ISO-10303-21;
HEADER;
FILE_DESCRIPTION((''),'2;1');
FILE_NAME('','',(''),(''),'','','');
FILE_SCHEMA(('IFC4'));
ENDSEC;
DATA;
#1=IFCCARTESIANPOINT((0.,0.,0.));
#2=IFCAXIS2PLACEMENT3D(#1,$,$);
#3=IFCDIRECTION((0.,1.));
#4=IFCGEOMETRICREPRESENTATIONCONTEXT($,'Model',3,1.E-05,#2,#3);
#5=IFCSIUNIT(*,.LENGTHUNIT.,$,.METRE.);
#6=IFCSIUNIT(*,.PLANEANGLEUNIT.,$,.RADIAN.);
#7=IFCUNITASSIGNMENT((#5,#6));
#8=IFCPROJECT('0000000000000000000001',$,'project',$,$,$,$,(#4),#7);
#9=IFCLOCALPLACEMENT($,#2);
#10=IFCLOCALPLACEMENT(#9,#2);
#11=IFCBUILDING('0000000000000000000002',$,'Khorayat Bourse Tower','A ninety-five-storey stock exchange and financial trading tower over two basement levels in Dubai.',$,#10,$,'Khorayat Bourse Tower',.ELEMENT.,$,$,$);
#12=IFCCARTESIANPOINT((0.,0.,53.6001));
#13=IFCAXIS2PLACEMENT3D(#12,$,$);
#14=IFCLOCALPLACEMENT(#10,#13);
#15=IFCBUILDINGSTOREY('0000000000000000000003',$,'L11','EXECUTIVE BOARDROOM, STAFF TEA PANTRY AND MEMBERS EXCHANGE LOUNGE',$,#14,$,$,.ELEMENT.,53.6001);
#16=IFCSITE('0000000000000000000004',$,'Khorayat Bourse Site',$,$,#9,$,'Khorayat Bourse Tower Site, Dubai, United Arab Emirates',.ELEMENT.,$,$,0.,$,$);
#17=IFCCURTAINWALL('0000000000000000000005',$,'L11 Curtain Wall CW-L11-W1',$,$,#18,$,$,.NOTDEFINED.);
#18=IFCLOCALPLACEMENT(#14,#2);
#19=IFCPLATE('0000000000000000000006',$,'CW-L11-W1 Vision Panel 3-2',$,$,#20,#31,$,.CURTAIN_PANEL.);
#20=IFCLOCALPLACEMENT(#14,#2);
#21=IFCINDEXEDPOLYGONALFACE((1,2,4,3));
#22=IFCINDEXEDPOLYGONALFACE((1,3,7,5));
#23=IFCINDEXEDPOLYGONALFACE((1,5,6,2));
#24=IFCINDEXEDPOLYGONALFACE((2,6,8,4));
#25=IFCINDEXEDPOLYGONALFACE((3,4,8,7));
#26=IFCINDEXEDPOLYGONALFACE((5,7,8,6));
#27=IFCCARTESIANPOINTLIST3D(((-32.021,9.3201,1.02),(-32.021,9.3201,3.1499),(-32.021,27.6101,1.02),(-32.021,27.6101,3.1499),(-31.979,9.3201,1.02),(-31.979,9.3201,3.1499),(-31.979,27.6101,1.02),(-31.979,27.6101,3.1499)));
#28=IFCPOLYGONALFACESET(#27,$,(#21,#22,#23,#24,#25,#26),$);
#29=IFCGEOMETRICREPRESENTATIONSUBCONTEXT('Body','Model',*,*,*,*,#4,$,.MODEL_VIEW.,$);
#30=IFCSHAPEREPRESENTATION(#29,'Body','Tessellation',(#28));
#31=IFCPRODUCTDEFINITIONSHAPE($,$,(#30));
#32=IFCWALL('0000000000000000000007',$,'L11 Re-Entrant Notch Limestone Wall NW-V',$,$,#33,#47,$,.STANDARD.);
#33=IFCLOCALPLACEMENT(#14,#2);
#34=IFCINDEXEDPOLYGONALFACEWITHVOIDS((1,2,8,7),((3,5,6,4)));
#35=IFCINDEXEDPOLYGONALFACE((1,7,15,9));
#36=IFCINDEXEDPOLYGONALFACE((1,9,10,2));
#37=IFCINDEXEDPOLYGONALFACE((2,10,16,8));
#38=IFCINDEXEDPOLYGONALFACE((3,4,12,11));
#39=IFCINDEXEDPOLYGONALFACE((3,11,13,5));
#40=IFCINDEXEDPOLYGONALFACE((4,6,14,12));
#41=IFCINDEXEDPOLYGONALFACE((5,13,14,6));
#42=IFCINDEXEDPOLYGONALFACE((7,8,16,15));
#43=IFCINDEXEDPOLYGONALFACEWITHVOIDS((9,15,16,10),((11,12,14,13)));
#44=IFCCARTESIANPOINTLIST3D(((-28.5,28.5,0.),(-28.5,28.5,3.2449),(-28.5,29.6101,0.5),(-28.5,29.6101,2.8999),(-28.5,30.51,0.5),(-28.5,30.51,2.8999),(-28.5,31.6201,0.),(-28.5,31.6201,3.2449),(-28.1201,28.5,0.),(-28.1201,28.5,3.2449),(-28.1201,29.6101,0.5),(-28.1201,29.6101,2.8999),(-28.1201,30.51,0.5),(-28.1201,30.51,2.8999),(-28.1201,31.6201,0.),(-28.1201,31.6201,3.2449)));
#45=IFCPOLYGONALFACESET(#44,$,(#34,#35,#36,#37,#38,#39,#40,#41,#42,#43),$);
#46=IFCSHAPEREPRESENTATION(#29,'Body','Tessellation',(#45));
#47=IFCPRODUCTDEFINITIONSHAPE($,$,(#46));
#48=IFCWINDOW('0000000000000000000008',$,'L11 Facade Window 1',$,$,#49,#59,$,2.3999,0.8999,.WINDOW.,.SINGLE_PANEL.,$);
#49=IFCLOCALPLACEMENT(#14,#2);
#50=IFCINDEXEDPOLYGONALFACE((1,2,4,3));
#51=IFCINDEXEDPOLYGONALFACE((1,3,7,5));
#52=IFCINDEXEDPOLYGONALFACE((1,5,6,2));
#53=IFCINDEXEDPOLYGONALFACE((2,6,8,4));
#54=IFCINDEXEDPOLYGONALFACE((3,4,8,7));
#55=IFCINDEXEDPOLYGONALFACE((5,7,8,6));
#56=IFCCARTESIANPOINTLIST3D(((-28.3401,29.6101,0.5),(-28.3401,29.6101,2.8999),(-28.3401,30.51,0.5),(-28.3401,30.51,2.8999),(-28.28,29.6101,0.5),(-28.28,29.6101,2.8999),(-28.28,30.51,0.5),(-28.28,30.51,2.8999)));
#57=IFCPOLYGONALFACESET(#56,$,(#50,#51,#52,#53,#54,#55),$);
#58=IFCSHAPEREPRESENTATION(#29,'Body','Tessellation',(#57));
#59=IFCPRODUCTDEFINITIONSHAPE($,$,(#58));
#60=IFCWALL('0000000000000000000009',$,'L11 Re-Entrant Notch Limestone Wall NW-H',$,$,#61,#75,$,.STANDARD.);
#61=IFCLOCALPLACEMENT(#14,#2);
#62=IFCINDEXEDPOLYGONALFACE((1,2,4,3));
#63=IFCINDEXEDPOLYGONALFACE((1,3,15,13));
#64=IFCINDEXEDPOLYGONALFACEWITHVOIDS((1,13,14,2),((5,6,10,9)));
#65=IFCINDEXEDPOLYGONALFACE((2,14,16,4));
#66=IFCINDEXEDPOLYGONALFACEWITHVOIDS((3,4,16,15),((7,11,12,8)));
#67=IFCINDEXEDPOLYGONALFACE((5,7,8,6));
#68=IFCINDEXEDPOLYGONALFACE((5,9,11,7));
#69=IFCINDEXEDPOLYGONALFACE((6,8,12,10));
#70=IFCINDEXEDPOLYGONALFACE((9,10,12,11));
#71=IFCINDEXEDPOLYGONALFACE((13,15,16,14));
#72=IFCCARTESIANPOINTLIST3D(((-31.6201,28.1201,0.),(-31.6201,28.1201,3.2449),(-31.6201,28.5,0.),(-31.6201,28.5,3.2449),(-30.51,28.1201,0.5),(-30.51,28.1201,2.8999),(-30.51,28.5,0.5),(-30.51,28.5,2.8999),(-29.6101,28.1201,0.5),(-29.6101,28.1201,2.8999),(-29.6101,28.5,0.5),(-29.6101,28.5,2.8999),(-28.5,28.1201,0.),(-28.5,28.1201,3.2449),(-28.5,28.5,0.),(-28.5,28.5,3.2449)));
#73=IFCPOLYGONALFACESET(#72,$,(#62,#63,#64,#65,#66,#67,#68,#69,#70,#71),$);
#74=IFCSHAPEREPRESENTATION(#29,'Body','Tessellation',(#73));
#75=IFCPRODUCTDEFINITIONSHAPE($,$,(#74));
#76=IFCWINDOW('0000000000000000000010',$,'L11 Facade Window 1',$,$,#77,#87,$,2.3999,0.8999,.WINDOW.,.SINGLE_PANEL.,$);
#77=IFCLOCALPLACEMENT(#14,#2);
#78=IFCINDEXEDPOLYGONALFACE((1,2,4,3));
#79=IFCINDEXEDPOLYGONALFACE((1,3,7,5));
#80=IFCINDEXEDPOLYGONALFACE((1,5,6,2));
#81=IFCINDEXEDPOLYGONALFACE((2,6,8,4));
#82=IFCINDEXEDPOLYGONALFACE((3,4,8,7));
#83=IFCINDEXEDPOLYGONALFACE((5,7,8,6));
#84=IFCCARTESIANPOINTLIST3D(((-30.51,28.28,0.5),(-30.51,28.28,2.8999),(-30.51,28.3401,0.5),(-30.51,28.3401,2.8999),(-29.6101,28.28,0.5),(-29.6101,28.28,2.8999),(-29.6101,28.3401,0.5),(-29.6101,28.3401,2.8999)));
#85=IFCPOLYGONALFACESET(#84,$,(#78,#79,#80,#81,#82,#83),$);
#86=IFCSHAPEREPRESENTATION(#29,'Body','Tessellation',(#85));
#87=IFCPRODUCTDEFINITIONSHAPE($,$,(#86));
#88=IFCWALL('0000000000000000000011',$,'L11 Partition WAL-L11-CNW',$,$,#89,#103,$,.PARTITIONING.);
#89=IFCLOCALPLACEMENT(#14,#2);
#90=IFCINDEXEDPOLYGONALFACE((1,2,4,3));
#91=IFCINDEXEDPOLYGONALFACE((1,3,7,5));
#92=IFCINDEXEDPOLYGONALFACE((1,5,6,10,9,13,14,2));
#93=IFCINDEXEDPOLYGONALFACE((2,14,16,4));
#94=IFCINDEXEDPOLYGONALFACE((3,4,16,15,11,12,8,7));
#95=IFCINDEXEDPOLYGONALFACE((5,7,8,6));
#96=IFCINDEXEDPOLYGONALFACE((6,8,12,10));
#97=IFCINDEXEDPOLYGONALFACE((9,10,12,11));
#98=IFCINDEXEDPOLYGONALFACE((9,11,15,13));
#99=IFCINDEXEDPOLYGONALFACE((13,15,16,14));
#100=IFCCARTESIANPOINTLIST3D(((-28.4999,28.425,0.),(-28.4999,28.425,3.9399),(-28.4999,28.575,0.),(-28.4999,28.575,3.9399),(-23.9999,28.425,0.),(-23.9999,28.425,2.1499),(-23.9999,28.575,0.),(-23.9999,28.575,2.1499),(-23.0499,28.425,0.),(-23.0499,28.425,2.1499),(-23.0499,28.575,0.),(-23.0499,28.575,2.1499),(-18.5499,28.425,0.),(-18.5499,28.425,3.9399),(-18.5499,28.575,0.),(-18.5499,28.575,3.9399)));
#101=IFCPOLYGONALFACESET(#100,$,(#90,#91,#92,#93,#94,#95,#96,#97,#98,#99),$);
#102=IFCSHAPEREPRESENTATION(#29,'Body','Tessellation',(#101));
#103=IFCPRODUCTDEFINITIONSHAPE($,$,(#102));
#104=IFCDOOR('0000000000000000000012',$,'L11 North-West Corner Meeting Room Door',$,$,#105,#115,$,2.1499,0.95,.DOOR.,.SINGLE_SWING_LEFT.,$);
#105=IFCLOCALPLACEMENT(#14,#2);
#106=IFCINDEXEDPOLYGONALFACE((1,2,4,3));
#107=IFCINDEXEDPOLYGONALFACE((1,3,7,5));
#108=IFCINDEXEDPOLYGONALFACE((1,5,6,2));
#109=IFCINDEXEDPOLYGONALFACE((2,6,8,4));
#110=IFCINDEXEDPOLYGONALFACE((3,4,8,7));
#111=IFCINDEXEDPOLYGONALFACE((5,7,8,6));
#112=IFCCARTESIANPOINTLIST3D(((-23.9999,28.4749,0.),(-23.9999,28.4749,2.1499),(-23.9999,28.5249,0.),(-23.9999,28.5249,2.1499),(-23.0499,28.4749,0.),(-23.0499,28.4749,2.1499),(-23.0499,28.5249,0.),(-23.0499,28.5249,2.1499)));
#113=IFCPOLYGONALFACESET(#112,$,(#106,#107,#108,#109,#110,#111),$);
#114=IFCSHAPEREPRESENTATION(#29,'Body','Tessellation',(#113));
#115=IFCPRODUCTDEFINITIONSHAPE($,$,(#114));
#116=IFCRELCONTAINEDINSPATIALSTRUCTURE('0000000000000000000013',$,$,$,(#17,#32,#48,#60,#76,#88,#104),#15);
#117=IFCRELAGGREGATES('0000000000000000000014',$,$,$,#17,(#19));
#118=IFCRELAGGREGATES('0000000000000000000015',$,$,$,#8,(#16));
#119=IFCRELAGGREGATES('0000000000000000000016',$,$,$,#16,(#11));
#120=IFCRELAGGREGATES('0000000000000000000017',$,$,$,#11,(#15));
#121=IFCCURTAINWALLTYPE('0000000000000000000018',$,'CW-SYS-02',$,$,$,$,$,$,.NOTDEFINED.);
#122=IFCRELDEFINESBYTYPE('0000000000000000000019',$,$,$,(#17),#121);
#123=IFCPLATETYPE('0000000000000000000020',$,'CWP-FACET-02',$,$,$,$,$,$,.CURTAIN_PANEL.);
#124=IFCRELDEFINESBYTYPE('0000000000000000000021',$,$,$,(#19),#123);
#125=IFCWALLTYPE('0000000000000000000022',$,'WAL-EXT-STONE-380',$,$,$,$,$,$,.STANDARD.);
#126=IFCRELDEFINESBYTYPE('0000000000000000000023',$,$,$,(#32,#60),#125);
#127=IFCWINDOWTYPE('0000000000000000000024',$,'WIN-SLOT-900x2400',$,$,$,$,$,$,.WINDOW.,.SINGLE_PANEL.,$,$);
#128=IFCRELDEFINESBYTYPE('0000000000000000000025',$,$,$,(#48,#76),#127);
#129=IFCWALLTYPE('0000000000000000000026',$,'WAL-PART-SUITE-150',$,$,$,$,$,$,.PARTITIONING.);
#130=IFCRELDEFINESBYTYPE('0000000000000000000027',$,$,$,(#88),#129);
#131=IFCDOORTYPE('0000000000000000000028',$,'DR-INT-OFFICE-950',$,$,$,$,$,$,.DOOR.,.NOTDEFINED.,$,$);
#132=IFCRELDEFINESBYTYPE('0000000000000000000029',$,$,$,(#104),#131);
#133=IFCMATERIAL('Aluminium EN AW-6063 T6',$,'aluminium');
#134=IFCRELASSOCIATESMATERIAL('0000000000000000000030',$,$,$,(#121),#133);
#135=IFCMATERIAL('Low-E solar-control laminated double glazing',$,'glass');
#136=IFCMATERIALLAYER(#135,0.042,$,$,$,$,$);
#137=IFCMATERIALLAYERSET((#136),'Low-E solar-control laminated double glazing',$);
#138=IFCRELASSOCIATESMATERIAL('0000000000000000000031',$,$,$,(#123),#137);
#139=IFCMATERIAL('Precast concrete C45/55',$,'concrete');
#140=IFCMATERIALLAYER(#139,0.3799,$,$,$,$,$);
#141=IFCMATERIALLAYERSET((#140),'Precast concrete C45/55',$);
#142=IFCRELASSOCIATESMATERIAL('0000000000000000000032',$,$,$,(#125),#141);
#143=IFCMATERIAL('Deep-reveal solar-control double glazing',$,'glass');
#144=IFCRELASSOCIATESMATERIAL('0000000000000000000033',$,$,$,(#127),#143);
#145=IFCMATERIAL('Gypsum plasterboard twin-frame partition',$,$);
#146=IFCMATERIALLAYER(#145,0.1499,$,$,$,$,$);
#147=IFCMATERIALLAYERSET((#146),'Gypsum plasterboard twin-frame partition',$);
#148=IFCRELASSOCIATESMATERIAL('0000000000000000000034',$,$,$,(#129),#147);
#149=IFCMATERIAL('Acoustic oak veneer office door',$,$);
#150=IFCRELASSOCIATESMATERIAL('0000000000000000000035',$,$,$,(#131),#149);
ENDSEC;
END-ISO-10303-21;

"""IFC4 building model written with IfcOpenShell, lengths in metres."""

from ifc_helpers import new_model, si_unit, direction, frame, frame_2d, origin, origin_2d, place, context, subcontext, project, spatial, rectangle, extrude, source, transform, mapped, material, layer, layer_set, type_object, element, fill, aggregate, save


model = new_model("IFC4")

# Units and contexts
model_context = context("Model", 3, precision=1e-05, world=origin(), true_north=direction((0.0, 1.0)))
body_context = subcontext(model_context, "Body", "Model", "MODEL_VIEW")
ifc_project = project(units=[si_unit("LENGTHUNIT", "METRE"), si_unit("PLANEANGLEUNIT", "RADIAN")], contexts=[model_context])

# Site, building, storey
site_placement = place(None, origin())
site = spatial("IfcSite", under=ifc_project, at=site_placement, Name="Khorayat Bourse Site", LongName="Khorayat Bourse Tower Site, Dubai, United Arab Emirates", CompositionType="ELEMENT", RefElevation=0.0)
building_placement = place(site_placement, origin())
building = spatial("IfcBuilding", under=site, at=building_placement, Name="Khorayat Bourse Tower", Description="A ninety-five-storey stock exchange and financial trading tower over two basement levels in Dubai.", LongName="Khorayat Bourse Tower", CompositionType="ELEMENT")
storey_placement = place(building_placement, frame((0.0, 0.0, 53.6001)))
storey = spatial("IfcBuildingStorey", under=building, at=storey_placement, Name="L11", Description="EXECUTIVE BOARDROOM, STAFF TEA PANTRY AND MEMBERS EXCHANGE LOUNGE", CompositionType="ELEMENT", Elevation=53.6001)

# Curtain wall
ifc_material_1 = material(Name="Aluminium EN AW-6063 T6", Category="aluminium")
curtain_wall_type = type_object("IfcCurtainWallType", Name="CW-SYS-02", PredefinedType="NOTDEFINED", material=ifc_material_1)
curtain_wall_1_placement = place(storey_placement, origin())
curtain_wall_1 = element("IfcCurtainWall", 1, at=curtain_wall_1_placement, inside=storey, type_object=curtain_wall_type, Name="L11 Curtain Wall CW-L11-W1", PredefinedType="NOTDEFINED")

# Plate
ifc_material_2 = material(Name="Low-E solar-control laminated double glazing", Category="glass")
ifc_layer_1 = layer(ifc_material_2, 0.042)
ifc_layer_set_1 = layer_set([ifc_layer_1], Name="Low-E solar-control laminated double glazing")
plate_type_1 = type_object("IfcPlateType", Name="CWP-FACET-02", PredefinedType="CURTAIN_PANEL", material=ifc_layer_set_1)
shared_shape_1 = source(origin(), body_context, "Body", "SweptSolid", [
    extrude(rectangle(XDim=18.29, YDim=0.042, at=origin_2d()), origin(), (0.0, 0.0, 1.0), 2.1299),
])
plate_1_placement = place(storey_placement, frame((-32.0, 18.4651, 1.02), z_axis=(0.0, 0.0, 1.0), x_axis=(0.0, 1.0, 0.0)))
plate_1 = element("IfcPlate", 2, at=plate_1_placement, type_object=plate_type_1, Name="CW-L11-W1 Vision Panel 3-2", PredefinedType="CURTAIN_PANEL", context=body_context, shape_type="MappedRepresentation", body=[
    mapped(shared_shape_1, transform((0.0, 0.0, 0.0), scale=1.0)),
])
aggregate(curtain_wall_1, [plate_1])

# Walls, openings, windows
ifc_material_3 = material(Name="Precast concrete C45/55", Category="concrete")
ifc_layer_2 = layer(ifc_material_3, 0.3799)
ifc_layer_set_2 = layer_set([ifc_layer_2], Name="Precast concrete C45/55")
wall_type_1 = type_object("IfcWallType", Name="WAL-EXT-STONE-380", PredefinedType="STANDARD", material=ifc_layer_set_2)
shared_shape_2 = source(origin(), body_context, "Body", "SweptSolid", [
    extrude(rectangle(XDim=3.1201, YDim=0.3799, at=frame_2d((1.5601, 0.0))), origin(), (0.0, 0.0, 1.0), 3.2449),
])
wall_1_placement = place(storey_placement, frame((-28.3101, 28.5, 0.0), z_axis=(0.0, 0.0, 1.0), x_axis=(0.0, 1.0, 0.0)))
wall_1 = element("IfcWall", 3, at=wall_1_placement, inside=storey, type_object=wall_type_1, Name="L11 Re-Entrant Notch Limestone Wall NW-V", PredefinedType="STANDARD", context=body_context, shape_type="MappedRepresentation", body=[
    mapped(shared_shape_2, transform((0.0, 0.0, 0.0), scale=1.0)),
])
shared_shape_3 = source(origin(), body_context, "Body", "SweptSolid", [
    extrude(rectangle(XDim=0.8999, YDim=2.3999, at=frame_2d((0.45, 1.2))), frame((0.0, 0.2, 0.0), z_axis=(0.0, -1.0, 0.0), x_axis=(1.0, 0.0, 0.0)), (0.0, 0.0, 1.0), 0.3999),
])
opening_1_placement = place(wall_1_placement, frame((1.1101, 0.0, 0.5)))
opening_1 = element("IfcOpeningElement", 4, at=opening_1_placement, cuts=wall_1, PredefinedType="OPENING", context=body_context, shape_type="MappedRepresentation", body=[
    mapped(shared_shape_3, transform((0.0, 0.0, 0.0), scale=1.0)),
])
ifc_material_4 = material(Name="Deep-reveal solar-control double glazing", Category="glass")
window_type = type_object("IfcWindowType", Name="WIN-SLOT-900x2400", PartitioningType="SINGLE_PANEL", PredefinedType="WINDOW", material=ifc_material_4)
shared_shape_4 = source(origin(), body_context, "Body", "SweptSolid", [
    extrude(rectangle(XDim=0.8999, YDim=2.3999, at=frame_2d((0.45, 1.2))), frame((0.0, 0.03, 0.0), z_axis=(0.0, -1.0, 0.0), x_axis=(1.0, 0.0, 0.0)), (0.0, 0.0, 1.0), 0.0601),
])
window_1_placement = place(opening_1_placement, origin())
window_1 = element("IfcWindow", 5, at=window_1_placement, inside=storey, type_object=window_type, Name="L11 Facade Window 1", OverallHeight=2.3999, OverallWidth=0.8999, PartitioningType="SINGLE_PANEL", PredefinedType="WINDOW", context=body_context, shape_type="MappedRepresentation", body=[
    mapped(shared_shape_4, transform((0.0, 0.0, 0.0), scale=1.0)),
])
fill(opening_1, window_1)
wall_2_placement = place(storey_placement, frame((-28.5, 28.3101, 0.0), z_axis=(0.0, 0.0, 1.0), x_axis=(-1.0, 0.0, 0.0)))
wall_2 = element("IfcWall", 6, at=wall_2_placement, inside=storey, type_object=wall_type_1, Name="L11 Re-Entrant Notch Limestone Wall NW-H", PredefinedType="STANDARD", context=body_context, shape_type="MappedRepresentation", body=[
    mapped(shared_shape_2, transform((0.0, 0.0, 0.0), scale=1.0)),
])
opening_2_placement = place(wall_2_placement, frame((1.1101, 0.0, 0.5)))
opening_2 = element("IfcOpeningElement", 7, at=opening_2_placement, cuts=wall_2, PredefinedType="OPENING", context=body_context, shape_type="MappedRepresentation", body=[
    mapped(shared_shape_3, transform((0.0, 0.0, 0.0), scale=1.0)),
])
window_2_placement = place(opening_2_placement, origin())
window_2 = element("IfcWindow", 8, at=window_2_placement, inside=storey, type_object=window_type, Name="L11 Facade Window 1", OverallHeight=2.3999, OverallWidth=0.8999, PartitioningType="SINGLE_PANEL", PredefinedType="WINDOW", context=body_context, shape_type="MappedRepresentation", body=[
    mapped(shared_shape_4, transform((0.0, 0.0, 0.0), scale=1.0)),
])
fill(opening_2, window_2)

# Wall, opening, door
ifc_material_5 = material(Name="Gypsum plasterboard twin-frame partition")
ifc_layer_3 = layer(ifc_material_5, 0.1499)
ifc_layer_set_3 = layer_set([ifc_layer_3], Name="Gypsum plasterboard twin-frame partition")
wall_type_2 = type_object("IfcWallType", Name="WAL-PART-SUITE-150", PredefinedType="PARTITIONING", material=ifc_layer_set_3)
shared_shape_5 = source(origin(), body_context, "Body", "SweptSolid", [
    extrude(rectangle(XDim=9.95, YDim=0.1499, at=frame_2d((4.9751, 0.0))), origin(), (0.0, 0.0, 1.0), 3.9399),
])
wall_3_placement = place(storey_placement, frame((-28.5, 28.5, 0.0), z_axis=(0.0, 0.0, 1.0), x_axis=(1.0, 0.0, 0.0)))
wall_3 = element("IfcWall", 9, at=wall_3_placement, inside=storey, type_object=wall_type_2, Name="L11 Partition WAL-L11-CNW", PredefinedType="PARTITIONING", context=body_context, shape_type="MappedRepresentation", body=[
    mapped(shared_shape_5, transform((0.0, 0.0, 0.0), scale=1.0)),
])
shared_shape_6 = source(origin(), body_context, "Body", "SweptSolid", [
    extrude(rectangle(XDim=0.95, YDim=2.1499, at=frame_2d((0.4751, 1.075))), frame((0.0, 0.085, 0.0), z_axis=(0.0, -1.0, 0.0), x_axis=(1.0, 0.0, 0.0)), (0.0, 0.0, 1.0), 0.1699),
])
opening_3_placement = place(wall_3_placement, frame((4.5, 0.0, 0.0)))
opening_3 = element("IfcOpeningElement", 10, at=opening_3_placement, cuts=wall_3, PredefinedType="OPENING", context=body_context, shape_type="MappedRepresentation", body=[
    mapped(shared_shape_6, transform((0.0, 0.0, 0.0), scale=1.0)),
])
ifc_material_6 = material(Name="Acoustic oak veneer office door")
door_type = type_object("IfcDoorType", Name="DR-INT-OFFICE-950", OperationType="NOTDEFINED", PredefinedType="DOOR", material=ifc_material_6)
shared_shape_7 = source(origin(), body_context, "Body", "SweptSolid", [
    extrude(rectangle(XDim=0.95, YDim=2.1499, at=frame_2d((0.4751, 1.075))), frame((0.0, 0.0249, 0.0), z_axis=(0.0, -1.0, 0.0), x_axis=(1.0, 0.0, 0.0)), (0.0, 0.0, 1.0), 0.05),
])
door_placement = place(opening_3_placement, origin())
door = element("IfcDoor", 11, at=door_placement, inside=storey, type_object=door_type, Name="L11 North-West Corner Meeting Room Door", OperationType="SINGLE_SWING_LEFT", OverallHeight=2.1499, OverallWidth=0.95, PredefinedType="DOOR", context=body_context, shape_type="MappedRepresentation", body=[
    mapped(shared_shape_7, transform((0.0, 0.0, 0.0), scale=1.0)),
])
fill(opening_3, door)

save(model, "model.ifc")
